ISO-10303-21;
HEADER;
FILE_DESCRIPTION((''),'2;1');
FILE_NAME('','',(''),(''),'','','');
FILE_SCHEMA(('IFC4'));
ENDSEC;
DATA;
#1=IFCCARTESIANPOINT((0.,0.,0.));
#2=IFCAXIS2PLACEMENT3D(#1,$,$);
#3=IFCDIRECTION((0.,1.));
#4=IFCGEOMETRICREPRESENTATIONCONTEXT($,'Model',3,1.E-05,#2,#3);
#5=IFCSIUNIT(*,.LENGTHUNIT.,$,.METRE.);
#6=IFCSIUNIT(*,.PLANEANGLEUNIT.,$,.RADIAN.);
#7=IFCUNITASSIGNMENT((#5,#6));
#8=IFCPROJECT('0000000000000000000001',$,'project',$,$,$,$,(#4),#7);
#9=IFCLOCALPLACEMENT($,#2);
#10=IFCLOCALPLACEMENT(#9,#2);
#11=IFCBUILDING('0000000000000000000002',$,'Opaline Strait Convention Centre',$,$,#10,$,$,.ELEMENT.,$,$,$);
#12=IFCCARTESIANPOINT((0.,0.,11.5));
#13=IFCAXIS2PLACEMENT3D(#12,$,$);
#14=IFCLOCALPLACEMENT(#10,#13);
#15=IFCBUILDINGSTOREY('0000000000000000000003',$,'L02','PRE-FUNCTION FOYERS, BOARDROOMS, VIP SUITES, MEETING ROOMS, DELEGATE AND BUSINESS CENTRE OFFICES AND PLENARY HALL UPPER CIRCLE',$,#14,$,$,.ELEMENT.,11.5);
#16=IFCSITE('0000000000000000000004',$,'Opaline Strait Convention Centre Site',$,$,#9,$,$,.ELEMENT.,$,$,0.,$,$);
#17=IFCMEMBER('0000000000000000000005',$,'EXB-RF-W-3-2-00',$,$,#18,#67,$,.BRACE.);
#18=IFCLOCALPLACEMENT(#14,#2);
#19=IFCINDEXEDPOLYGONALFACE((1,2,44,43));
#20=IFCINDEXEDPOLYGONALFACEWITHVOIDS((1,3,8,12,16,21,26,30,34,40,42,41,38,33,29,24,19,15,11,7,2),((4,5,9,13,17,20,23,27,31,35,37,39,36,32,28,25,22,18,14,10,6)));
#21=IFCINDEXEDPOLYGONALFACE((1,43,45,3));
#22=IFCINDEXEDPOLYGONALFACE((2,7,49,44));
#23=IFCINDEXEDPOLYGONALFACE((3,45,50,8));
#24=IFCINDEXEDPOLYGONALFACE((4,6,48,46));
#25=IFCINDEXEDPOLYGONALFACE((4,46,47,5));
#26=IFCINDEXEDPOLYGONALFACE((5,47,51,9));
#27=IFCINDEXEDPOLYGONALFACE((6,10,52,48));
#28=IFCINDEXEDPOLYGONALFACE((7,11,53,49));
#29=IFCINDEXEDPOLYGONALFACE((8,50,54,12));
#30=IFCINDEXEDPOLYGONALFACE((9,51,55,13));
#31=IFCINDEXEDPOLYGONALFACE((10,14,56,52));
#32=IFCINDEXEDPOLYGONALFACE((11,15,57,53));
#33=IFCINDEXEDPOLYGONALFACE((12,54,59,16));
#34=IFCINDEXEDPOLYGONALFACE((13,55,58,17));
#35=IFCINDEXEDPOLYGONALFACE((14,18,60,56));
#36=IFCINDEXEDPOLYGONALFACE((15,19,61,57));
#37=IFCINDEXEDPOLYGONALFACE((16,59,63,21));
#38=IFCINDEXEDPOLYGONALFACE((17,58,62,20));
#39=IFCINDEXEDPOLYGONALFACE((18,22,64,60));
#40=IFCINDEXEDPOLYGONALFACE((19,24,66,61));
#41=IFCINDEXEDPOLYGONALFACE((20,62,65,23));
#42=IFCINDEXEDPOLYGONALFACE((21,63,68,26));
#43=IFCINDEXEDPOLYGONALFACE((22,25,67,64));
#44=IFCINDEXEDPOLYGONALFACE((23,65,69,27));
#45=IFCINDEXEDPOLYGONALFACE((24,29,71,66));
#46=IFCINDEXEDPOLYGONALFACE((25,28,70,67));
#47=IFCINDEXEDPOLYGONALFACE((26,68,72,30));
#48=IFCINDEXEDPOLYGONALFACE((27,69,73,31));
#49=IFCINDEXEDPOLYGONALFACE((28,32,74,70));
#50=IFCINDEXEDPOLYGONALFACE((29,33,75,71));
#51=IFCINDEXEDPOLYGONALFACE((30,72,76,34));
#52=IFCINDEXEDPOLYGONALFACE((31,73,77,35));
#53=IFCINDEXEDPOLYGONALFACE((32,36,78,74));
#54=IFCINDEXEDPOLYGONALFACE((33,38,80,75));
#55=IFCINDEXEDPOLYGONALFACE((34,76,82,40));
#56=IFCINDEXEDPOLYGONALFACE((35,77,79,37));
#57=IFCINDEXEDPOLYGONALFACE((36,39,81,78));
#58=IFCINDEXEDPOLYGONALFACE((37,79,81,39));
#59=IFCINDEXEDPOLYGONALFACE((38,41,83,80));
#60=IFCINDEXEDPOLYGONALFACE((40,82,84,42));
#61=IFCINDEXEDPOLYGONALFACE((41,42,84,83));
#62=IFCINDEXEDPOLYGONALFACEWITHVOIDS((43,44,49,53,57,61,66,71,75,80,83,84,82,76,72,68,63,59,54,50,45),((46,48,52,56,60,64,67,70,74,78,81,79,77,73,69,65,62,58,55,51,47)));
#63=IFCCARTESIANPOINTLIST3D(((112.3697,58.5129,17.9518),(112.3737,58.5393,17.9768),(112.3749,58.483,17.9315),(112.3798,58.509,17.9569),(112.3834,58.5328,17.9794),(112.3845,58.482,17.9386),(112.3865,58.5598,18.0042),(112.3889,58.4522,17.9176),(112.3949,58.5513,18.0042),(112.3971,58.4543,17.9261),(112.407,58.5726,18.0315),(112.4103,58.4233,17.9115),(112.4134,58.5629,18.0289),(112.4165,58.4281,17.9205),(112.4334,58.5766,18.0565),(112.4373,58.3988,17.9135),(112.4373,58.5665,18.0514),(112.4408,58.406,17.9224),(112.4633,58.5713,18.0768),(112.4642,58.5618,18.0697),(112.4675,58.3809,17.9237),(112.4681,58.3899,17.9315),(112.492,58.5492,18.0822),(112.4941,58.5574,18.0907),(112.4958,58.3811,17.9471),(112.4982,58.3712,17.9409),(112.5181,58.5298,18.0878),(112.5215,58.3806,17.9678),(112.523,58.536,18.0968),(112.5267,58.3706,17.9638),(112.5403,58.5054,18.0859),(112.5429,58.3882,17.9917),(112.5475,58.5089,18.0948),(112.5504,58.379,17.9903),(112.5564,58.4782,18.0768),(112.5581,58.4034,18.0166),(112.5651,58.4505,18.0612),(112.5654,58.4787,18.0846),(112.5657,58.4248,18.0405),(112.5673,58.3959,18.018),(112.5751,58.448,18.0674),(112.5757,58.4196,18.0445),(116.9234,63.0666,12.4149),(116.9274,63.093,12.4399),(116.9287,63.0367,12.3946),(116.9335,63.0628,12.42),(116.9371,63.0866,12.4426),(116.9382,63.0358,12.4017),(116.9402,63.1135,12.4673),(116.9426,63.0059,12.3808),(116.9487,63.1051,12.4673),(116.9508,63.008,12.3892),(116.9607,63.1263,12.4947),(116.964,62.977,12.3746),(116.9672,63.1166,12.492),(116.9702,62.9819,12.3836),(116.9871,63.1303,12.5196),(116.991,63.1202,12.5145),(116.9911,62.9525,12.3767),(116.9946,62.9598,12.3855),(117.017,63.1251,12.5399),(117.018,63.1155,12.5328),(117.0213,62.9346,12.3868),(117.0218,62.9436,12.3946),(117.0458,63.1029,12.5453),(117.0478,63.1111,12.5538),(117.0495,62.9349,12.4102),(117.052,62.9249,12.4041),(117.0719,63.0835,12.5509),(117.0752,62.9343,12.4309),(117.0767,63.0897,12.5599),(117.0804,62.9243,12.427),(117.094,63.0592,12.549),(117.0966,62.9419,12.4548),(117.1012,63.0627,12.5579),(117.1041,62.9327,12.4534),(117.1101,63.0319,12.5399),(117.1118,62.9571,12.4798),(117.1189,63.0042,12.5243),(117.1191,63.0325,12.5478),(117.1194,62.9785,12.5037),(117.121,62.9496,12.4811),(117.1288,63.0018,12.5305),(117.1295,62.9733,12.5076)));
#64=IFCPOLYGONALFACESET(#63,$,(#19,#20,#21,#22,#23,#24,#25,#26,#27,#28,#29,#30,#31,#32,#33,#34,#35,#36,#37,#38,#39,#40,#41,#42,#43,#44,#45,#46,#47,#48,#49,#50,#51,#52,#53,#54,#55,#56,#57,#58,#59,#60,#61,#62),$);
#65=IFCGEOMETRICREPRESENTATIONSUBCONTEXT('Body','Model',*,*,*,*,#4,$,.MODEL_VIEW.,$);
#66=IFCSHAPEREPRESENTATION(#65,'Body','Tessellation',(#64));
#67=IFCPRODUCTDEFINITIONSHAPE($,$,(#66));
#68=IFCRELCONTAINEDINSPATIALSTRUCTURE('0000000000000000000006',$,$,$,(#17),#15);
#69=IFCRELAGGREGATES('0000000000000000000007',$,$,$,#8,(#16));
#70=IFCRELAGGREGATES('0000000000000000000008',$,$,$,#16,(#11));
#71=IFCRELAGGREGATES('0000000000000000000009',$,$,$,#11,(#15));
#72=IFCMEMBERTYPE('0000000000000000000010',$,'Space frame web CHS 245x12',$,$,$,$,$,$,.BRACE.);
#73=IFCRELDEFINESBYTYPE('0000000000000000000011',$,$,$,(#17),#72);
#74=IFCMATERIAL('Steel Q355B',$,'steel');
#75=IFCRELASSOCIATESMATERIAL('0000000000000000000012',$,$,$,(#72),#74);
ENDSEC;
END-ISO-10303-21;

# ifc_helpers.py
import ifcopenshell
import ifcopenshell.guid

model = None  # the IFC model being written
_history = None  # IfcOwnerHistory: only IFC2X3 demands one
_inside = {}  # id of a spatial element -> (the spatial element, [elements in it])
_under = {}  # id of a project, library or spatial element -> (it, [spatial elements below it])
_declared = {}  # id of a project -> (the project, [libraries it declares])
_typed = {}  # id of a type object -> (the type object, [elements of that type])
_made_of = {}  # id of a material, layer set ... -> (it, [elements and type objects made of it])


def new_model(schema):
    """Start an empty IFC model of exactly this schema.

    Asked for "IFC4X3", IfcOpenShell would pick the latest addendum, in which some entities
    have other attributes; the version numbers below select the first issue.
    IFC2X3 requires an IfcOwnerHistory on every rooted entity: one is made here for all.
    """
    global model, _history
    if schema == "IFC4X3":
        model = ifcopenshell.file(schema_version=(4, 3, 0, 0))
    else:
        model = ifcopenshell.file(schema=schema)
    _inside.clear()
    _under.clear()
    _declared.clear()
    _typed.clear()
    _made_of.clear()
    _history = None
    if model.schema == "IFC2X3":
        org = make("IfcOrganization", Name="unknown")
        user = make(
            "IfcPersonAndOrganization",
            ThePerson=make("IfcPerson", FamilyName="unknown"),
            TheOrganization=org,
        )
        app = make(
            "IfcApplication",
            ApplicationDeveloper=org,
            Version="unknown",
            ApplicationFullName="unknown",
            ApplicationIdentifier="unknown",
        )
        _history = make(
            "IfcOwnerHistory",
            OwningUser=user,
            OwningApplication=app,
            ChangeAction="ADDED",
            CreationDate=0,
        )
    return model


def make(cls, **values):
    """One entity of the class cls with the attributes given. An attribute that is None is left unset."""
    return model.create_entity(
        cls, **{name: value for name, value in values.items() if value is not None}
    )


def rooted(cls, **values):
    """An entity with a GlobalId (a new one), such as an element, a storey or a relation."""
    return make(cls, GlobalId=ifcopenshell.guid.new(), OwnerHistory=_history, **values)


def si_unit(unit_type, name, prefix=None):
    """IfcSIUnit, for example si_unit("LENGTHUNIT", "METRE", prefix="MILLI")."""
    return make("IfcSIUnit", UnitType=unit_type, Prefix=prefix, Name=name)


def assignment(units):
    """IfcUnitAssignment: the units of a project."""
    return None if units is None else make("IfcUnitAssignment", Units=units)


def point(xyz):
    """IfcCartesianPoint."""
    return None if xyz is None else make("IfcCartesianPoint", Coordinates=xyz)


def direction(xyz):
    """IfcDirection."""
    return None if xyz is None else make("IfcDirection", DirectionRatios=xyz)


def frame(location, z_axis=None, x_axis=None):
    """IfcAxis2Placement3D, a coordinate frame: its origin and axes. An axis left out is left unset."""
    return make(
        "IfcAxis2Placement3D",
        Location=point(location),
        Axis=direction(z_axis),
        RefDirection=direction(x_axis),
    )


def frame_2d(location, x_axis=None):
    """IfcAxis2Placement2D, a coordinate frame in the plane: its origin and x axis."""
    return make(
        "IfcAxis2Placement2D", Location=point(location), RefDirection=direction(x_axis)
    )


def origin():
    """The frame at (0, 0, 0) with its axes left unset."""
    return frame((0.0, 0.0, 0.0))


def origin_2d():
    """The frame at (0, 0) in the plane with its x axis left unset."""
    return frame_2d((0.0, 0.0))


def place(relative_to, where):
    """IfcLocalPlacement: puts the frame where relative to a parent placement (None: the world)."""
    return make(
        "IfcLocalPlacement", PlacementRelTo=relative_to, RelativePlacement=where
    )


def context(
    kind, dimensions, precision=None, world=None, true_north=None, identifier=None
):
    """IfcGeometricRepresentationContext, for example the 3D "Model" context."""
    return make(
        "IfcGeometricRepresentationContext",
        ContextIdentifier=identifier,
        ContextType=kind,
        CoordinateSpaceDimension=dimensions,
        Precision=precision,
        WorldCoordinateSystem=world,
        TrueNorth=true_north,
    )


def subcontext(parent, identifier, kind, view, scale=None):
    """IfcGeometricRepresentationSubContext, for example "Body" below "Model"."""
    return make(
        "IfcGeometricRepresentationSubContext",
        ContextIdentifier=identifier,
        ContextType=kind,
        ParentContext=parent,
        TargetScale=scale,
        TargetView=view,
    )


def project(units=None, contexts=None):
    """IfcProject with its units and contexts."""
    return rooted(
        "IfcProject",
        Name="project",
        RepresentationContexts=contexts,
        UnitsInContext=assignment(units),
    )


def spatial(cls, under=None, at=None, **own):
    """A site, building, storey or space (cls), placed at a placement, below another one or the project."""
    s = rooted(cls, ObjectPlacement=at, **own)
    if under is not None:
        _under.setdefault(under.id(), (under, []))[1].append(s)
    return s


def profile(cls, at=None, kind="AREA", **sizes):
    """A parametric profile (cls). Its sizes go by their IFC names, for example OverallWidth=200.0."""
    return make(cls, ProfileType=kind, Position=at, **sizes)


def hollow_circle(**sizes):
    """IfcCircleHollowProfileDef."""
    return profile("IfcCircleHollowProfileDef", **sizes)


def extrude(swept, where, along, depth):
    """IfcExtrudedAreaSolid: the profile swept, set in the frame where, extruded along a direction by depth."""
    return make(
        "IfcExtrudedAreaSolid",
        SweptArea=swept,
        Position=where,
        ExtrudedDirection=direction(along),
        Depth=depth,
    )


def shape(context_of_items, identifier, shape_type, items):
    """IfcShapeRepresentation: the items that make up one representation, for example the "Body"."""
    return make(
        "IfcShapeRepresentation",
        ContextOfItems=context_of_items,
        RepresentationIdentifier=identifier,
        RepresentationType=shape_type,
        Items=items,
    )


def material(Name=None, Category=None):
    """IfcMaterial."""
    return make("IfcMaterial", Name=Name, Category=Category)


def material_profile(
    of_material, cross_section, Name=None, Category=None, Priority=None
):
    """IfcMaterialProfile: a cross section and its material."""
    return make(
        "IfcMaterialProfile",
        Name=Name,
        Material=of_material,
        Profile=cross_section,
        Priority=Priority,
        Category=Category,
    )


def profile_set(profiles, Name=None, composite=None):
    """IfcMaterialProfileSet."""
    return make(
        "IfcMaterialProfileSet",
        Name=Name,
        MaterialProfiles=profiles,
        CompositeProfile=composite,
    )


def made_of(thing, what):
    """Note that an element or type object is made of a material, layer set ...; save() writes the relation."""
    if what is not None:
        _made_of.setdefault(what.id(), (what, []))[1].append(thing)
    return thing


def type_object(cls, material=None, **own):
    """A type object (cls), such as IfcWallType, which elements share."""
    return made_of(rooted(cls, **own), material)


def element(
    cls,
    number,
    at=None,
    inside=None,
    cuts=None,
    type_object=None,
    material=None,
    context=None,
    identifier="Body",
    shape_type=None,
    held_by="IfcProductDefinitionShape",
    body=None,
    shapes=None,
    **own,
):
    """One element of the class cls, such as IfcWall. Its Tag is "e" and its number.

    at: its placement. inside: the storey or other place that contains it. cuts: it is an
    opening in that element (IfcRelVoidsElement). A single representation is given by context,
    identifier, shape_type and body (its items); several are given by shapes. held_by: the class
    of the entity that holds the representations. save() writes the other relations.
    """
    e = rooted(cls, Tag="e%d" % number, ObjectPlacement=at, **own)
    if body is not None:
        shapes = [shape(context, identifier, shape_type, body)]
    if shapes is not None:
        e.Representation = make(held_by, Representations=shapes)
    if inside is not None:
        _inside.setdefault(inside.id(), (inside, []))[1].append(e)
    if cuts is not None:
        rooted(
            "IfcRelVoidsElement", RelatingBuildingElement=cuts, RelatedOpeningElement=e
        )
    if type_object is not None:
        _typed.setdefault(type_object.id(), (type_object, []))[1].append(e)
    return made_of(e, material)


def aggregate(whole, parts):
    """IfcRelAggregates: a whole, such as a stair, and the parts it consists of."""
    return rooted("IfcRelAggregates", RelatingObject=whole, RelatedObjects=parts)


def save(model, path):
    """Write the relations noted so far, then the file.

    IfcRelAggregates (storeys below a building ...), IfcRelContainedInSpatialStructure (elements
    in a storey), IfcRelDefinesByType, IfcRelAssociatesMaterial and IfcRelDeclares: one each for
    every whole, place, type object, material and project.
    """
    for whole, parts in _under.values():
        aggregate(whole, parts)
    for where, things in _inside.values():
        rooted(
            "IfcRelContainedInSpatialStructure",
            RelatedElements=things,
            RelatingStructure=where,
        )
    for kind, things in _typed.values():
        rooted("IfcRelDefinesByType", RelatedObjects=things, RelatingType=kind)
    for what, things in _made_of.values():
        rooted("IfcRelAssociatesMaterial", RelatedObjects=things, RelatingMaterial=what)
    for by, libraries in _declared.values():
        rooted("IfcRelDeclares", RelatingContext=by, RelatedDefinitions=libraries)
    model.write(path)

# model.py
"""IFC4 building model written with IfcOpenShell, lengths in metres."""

from ifc_helpers import new_model, si_unit, direction, frame, origin, origin_2d, place, context, subcontext, project, spatial, hollow_circle, extrude, material, material_profile, profile_set, type_object, element, save


model = new_model("IFC4")

# Units and contexts
model_context = context("Model", 3, precision=1e-05, world=origin(), true_north=direction((0.0, 1.0)))
body_context = subcontext(model_context, "Body", "Model", "MODEL_VIEW")
ifc_project = project(units=[si_unit("LENGTHUNIT", "METRE"), si_unit("PLANEANGLEUNIT", "RADIAN")], contexts=[model_context])

# Site, building, storey
site_placement = place(None, origin())
site = spatial("IfcSite", under=ifc_project, at=site_placement, Name="Opaline Strait Convention Centre Site", CompositionType="ELEMENT", RefElevation=0.0)
building_placement = place(site_placement, origin())
building = spatial("IfcBuilding", under=site, at=building_placement, Name="Opaline Strait Convention Centre", CompositionType="ELEMENT")
storey_placement = place(building_placement, frame((0.0, 0.0, 11.5)))
storey = spatial("IfcBuildingStorey", under=building, at=storey_placement, Name="L02", Description="PRE-FUNCTION FOYERS, BOARDROOMS, VIP SUITES, MEETING ROOMS, DELEGATE AND BUSINESS CENTRE OFFICES AND PLENARY HALL UPPER CIRCLE", CompositionType="ELEMENT", Elevation=11.5)

# Member
ifc_material = material(Name="Steel Q355B", Category="steel")
ifc_material_profile_1 = material_profile(ifc_material, hollow_circle(Radius=0.1226, WallThickness=0.012, at=origin_2d()), Name="CHS 245x12")
ifc_profile_set_1 = profile_set([ifc_material_profile_1], Name="Steel Q355B")
member_type_1 = type_object("IfcMemberType", Name="Space frame web CHS 245x12", PredefinedType="BRACE", material=ifc_profile_set_1)
for number, where, z_axis, x_axis, name in (
    (1, (112.4731, 58.4731, 18.0042), (0.536178, 0.536178, -0.65194), (-0.707107, 0.707107, 0.0), "EXB-RF-W-3-2-00"),
):
    element("IfcMember", number, at=place(storey_placement, frame(where, z_axis=z_axis, x_axis=x_axis)), inside=storey, type_object=member_type_1, Name=name, PredefinedType="BRACE", context=body_context, shape_type="SweptSolid", body=[
        extrude(hollow_circle(Radius=0.1226, WallThickness=0.012, at=origin_2d()), origin(), (0.0, 0.0, 1.0), 8.4929),
    ])

save(model, "model.ifc")
